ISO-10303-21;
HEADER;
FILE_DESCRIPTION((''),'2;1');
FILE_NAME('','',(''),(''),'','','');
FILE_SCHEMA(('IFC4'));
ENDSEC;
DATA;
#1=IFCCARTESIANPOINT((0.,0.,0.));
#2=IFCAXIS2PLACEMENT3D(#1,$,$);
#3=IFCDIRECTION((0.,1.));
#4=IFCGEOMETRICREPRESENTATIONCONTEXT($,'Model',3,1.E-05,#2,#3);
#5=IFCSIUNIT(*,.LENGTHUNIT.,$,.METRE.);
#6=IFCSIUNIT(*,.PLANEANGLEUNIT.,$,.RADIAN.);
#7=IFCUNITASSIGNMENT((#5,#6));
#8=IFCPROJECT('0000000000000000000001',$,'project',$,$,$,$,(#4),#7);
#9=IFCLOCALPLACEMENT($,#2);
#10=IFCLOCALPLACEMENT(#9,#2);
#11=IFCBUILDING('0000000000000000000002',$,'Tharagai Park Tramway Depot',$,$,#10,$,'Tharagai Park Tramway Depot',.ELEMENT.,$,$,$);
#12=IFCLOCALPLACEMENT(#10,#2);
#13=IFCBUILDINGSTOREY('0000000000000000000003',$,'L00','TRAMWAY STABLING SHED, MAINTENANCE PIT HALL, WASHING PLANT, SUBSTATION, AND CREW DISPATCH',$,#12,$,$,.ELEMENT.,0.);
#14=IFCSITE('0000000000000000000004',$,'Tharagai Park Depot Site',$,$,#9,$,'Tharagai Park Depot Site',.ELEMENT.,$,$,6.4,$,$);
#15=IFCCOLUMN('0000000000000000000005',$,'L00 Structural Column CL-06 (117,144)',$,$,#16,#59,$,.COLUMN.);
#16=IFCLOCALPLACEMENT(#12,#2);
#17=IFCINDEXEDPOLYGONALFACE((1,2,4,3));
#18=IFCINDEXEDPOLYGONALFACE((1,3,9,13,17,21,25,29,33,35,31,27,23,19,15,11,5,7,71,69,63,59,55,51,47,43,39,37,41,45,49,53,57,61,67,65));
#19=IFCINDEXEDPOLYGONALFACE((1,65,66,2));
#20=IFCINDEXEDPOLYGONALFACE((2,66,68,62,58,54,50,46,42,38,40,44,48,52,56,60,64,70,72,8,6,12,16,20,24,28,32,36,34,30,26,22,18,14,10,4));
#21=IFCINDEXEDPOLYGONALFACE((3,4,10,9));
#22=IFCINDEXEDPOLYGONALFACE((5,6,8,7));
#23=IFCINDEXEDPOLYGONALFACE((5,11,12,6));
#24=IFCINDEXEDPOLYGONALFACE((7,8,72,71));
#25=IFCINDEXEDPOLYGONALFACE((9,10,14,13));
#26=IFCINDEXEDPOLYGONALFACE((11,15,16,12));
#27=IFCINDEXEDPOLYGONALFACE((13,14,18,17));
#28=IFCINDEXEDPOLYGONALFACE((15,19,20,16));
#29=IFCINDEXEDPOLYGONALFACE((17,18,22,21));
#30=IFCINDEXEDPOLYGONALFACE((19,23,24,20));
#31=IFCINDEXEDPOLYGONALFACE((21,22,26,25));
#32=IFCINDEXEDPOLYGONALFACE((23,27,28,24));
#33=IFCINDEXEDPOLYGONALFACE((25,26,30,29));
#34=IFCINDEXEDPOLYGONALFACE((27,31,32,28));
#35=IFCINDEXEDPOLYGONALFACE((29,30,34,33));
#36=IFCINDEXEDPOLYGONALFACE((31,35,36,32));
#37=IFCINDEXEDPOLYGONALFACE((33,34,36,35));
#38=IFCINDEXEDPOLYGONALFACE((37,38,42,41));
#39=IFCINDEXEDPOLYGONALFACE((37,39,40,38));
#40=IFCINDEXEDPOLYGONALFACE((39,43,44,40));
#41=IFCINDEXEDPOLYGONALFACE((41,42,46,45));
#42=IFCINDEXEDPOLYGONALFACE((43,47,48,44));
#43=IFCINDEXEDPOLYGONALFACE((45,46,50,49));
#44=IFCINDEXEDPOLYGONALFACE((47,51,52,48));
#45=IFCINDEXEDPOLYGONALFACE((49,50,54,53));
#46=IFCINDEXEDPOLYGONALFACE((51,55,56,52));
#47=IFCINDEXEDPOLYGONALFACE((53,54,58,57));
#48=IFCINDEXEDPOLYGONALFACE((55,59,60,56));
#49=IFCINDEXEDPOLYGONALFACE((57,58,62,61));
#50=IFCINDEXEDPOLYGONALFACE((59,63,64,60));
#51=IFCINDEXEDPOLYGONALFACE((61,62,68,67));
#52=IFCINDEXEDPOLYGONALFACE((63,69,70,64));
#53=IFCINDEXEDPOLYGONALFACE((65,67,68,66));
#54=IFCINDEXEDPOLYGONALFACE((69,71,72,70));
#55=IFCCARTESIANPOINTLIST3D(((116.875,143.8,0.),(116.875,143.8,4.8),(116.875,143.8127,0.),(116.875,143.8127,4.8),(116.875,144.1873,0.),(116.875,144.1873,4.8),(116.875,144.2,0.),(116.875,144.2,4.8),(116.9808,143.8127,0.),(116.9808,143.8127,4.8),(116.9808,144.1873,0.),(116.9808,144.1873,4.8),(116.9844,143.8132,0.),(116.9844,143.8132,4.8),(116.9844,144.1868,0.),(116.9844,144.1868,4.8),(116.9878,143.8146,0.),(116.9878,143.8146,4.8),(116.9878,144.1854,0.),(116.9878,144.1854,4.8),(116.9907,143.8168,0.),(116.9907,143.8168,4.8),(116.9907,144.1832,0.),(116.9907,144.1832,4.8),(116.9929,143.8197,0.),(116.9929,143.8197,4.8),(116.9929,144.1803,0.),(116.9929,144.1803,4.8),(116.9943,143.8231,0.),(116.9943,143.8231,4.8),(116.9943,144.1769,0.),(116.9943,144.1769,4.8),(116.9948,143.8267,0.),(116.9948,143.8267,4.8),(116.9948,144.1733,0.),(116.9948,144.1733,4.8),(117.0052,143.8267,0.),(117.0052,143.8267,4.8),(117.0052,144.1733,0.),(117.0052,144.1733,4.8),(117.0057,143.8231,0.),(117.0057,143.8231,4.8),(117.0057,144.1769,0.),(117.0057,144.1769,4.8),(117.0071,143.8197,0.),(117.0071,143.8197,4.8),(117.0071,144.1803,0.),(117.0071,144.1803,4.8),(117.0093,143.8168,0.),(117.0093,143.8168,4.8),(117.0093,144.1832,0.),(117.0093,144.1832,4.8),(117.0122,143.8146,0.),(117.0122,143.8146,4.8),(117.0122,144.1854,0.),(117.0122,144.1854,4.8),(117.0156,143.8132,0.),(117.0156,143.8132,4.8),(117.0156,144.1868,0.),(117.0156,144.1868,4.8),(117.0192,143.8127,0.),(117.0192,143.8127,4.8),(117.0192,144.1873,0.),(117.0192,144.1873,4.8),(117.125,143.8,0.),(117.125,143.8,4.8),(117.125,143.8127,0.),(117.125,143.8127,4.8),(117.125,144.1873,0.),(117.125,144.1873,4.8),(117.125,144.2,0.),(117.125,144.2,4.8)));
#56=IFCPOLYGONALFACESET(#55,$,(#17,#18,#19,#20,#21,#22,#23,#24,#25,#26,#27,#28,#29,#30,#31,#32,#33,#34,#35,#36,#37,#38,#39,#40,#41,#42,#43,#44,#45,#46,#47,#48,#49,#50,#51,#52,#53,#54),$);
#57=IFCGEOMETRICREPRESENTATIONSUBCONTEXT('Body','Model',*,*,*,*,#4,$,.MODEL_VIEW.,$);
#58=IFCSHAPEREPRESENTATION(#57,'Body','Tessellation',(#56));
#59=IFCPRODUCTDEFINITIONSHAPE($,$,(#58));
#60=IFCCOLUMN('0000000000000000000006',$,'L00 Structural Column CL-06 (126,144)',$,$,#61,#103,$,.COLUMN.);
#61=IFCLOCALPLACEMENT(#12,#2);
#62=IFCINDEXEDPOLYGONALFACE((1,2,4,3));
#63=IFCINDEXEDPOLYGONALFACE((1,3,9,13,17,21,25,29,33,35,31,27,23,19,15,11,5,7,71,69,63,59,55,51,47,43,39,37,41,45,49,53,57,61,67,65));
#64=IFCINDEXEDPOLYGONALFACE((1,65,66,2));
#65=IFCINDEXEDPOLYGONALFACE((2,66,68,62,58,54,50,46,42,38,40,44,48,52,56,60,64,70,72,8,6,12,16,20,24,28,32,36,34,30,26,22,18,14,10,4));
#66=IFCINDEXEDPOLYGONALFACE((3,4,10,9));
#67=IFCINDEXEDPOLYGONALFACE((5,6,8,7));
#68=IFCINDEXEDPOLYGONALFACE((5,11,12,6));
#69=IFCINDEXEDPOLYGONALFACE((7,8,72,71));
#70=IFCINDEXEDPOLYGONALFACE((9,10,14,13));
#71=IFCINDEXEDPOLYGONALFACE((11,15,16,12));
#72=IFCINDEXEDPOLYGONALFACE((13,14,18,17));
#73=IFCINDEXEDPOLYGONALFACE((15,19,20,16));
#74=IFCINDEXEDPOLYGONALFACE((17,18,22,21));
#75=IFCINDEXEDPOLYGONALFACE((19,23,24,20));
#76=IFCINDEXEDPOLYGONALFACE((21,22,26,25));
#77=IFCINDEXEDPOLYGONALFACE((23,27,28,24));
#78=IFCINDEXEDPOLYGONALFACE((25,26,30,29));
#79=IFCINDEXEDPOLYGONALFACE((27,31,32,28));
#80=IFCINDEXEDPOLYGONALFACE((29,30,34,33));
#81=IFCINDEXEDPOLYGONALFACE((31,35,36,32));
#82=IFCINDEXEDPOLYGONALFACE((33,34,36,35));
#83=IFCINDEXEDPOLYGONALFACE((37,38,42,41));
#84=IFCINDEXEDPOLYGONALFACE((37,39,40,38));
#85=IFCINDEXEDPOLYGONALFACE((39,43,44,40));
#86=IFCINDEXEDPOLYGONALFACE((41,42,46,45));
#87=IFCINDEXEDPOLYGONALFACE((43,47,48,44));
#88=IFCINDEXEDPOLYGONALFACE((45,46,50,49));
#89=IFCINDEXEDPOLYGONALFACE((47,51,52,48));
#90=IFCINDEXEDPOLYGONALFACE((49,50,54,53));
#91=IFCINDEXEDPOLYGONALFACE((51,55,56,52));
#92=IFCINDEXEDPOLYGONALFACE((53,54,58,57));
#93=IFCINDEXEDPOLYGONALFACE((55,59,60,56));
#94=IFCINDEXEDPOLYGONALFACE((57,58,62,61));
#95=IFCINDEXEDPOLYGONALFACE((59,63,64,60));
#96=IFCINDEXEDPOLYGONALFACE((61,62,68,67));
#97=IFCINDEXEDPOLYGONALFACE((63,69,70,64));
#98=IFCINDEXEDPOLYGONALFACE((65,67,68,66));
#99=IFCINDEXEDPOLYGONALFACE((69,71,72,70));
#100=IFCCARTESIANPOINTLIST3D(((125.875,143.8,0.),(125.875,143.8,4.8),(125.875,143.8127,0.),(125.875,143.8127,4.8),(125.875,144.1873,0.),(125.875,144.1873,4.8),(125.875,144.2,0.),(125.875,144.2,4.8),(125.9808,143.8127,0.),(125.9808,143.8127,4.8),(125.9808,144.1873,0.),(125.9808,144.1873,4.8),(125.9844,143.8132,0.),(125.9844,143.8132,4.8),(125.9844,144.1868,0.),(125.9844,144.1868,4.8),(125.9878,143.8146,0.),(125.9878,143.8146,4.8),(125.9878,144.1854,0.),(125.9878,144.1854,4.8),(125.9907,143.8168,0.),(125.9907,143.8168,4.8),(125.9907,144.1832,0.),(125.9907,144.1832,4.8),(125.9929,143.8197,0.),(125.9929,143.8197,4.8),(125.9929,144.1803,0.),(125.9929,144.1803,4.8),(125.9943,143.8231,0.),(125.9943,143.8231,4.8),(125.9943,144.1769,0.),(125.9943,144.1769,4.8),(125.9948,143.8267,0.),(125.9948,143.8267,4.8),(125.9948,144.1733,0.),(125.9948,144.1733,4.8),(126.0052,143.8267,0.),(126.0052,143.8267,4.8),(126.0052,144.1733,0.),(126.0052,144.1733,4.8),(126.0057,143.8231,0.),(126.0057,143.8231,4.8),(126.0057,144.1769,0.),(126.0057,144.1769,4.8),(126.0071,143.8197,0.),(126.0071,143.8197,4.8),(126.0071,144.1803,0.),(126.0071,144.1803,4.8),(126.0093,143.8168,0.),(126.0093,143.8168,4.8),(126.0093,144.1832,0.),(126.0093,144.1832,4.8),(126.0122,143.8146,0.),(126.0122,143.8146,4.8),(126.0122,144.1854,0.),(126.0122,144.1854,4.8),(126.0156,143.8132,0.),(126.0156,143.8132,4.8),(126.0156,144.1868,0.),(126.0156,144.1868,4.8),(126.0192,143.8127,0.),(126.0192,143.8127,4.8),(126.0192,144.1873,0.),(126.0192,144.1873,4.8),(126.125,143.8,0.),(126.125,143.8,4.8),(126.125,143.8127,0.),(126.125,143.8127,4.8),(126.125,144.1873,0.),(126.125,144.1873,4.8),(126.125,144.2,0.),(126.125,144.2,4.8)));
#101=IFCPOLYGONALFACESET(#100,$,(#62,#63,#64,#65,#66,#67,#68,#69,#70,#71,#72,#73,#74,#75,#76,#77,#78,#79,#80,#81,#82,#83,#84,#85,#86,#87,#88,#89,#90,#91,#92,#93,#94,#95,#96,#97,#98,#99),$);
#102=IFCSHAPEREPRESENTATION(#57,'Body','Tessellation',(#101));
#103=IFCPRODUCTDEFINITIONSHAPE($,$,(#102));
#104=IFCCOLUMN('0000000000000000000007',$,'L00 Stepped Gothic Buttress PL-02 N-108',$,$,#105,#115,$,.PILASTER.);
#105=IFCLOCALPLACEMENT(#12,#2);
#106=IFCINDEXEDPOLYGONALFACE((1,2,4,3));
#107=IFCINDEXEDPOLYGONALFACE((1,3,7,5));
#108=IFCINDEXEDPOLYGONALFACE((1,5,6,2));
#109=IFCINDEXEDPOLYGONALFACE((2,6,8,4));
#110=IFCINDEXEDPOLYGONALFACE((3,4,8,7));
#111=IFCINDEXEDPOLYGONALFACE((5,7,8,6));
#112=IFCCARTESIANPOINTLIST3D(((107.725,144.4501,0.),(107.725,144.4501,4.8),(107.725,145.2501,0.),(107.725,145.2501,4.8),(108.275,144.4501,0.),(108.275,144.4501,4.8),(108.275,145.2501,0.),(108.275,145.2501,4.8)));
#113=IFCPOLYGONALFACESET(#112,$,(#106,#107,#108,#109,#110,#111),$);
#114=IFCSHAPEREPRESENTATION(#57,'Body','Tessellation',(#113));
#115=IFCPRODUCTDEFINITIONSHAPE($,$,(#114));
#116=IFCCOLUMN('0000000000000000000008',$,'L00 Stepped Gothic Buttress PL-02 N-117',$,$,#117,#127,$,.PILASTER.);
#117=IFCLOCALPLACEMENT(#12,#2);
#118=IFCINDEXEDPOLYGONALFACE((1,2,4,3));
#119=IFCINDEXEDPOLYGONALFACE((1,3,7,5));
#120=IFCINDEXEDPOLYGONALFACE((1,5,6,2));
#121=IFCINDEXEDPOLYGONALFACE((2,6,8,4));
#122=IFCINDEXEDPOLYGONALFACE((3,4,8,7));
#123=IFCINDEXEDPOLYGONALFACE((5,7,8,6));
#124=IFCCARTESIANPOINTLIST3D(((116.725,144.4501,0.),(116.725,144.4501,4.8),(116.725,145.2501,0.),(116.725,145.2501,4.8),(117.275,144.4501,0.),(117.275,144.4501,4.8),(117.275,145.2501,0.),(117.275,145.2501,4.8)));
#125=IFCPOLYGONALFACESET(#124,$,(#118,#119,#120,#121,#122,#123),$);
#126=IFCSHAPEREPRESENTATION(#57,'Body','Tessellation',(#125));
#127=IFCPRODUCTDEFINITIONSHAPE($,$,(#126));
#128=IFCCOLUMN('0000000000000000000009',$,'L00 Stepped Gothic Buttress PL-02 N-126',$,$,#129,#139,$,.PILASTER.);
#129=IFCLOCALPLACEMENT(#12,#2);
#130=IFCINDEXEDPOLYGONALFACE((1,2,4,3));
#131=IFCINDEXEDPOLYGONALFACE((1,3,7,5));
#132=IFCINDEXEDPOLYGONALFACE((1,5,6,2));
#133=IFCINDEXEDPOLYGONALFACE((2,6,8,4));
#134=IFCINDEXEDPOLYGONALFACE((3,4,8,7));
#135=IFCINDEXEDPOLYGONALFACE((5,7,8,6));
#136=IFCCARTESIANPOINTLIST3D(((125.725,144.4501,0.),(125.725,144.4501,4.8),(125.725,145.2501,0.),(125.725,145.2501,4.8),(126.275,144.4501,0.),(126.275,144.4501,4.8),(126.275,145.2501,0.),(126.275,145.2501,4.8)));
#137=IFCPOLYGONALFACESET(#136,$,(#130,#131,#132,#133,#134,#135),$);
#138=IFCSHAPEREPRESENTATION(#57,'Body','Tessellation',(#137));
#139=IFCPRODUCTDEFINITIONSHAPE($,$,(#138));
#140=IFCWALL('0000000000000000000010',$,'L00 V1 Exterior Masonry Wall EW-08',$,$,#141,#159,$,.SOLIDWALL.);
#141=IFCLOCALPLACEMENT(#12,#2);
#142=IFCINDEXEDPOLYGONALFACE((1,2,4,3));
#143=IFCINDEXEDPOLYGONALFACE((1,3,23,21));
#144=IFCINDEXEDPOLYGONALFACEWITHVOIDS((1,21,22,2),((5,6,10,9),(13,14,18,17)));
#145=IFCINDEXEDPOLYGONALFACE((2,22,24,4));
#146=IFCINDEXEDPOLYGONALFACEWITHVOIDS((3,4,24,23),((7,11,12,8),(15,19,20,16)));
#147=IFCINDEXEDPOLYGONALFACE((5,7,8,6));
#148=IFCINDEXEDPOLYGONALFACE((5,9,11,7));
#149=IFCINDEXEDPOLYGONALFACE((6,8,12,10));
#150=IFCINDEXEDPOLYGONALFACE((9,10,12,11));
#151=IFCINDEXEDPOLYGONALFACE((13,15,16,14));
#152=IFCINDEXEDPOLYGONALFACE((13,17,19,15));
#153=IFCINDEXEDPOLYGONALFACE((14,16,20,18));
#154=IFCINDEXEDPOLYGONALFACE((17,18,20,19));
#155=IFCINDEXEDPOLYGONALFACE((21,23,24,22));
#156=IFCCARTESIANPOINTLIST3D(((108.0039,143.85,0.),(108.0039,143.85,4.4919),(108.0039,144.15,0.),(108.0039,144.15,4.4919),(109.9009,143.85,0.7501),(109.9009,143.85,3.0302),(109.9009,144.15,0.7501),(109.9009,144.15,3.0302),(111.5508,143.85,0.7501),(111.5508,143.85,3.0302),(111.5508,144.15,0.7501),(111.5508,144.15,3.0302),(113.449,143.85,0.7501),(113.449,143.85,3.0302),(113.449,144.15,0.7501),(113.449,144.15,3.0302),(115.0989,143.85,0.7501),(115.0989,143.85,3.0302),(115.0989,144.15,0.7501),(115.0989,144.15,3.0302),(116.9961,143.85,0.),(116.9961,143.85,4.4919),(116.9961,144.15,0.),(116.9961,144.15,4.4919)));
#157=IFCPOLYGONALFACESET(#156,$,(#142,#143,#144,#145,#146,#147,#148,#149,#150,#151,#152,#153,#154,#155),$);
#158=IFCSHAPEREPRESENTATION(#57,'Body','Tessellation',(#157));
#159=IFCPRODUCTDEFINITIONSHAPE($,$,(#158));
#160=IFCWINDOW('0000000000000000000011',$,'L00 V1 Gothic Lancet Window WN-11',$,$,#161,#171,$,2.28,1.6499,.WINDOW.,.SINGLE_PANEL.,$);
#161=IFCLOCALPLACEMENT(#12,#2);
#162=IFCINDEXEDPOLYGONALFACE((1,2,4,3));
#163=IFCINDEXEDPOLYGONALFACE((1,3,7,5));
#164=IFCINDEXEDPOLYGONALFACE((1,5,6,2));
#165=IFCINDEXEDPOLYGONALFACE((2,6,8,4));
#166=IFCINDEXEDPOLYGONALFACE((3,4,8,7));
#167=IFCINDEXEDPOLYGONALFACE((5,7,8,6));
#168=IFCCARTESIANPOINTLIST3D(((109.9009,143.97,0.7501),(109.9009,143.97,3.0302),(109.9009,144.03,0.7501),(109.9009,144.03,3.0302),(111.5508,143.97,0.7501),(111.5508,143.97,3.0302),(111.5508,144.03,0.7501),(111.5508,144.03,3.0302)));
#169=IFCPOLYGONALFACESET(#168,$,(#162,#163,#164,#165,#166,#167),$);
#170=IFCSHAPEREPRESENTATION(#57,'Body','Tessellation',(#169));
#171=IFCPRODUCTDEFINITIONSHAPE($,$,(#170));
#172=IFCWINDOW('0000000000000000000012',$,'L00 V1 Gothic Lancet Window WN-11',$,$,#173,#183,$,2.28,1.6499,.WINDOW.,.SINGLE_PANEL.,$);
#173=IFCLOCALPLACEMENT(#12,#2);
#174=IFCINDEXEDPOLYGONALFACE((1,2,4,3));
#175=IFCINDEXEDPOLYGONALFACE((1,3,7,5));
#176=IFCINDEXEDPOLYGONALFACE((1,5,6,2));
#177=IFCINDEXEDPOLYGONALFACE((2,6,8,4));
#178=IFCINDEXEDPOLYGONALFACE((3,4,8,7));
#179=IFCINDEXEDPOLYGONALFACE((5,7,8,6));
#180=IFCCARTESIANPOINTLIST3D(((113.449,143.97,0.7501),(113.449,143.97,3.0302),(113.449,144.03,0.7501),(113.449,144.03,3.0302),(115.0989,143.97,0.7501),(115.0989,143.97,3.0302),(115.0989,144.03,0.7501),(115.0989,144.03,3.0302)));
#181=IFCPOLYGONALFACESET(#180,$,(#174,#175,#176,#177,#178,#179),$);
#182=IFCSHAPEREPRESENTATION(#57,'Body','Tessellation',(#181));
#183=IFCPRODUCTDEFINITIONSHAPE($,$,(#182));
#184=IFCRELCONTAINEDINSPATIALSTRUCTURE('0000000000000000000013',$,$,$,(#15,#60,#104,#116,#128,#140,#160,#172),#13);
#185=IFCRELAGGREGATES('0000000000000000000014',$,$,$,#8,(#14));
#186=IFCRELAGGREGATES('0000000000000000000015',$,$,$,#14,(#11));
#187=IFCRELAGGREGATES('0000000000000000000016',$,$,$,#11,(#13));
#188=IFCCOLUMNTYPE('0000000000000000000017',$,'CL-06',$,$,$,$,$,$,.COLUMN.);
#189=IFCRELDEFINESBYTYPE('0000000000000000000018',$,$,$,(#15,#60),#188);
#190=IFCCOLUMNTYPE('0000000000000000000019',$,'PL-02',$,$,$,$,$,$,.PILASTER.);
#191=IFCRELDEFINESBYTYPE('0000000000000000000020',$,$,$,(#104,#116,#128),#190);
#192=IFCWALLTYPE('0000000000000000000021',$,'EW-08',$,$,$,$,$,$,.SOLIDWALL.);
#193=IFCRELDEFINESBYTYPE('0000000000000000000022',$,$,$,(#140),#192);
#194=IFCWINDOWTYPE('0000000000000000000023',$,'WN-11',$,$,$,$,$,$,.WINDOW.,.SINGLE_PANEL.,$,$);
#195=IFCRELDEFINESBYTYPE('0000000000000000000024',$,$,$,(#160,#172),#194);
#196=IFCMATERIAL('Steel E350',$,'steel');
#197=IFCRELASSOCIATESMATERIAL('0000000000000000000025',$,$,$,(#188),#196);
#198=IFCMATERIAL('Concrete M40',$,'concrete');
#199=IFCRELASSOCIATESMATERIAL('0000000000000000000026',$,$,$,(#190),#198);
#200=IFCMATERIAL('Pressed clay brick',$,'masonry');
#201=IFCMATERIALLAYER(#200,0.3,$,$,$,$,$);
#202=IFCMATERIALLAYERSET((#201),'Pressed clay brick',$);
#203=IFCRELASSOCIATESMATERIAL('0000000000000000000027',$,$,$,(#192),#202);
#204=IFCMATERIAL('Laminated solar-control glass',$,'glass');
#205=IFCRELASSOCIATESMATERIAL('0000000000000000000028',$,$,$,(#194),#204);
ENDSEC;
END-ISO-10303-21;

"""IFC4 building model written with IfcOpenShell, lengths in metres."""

from ifc_helpers import new_model, si_unit, direction, frame, frame_2d, origin, origin_2d, place, context, subcontext, project, spatial, rectangle, i_section, extrude, material, layer, layer_set, material_profile, profile_set, type_object, element, fill, save


model = new_model("IFC4")

# Units and contexts
model_context = context("Model", 3, precision=1e-05, world=origin(), true_north=direction((0.0, 1.0)))
body_context = subcontext(model_context, "Body", "Model", "MODEL_VIEW")
ifc_project = project(units=[si_unit("LENGTHUNIT", "METRE"), si_unit("PLANEANGLEUNIT", "RADIAN")], contexts=[model_context])

# Site, building, storey
site_placement = place(None, origin())
site = spatial("IfcSite", under=ifc_project, at=site_placement, Name="Tharagai Park Depot Site", LongName="Tharagai Park Depot Site", CompositionType="ELEMENT", RefElevation=6.4)
building_placement = place(site_placement, origin())
building = spatial("IfcBuilding", under=site, at=building_placement, Name="Tharagai Park Tramway Depot", LongName="Tharagai Park Tramway Depot", CompositionType="ELEMENT")
storey_placement = place(building_placement, origin())
storey = spatial("IfcBuildingStorey", under=building, at=storey_placement, Name="L00", Description="TRAMWAY STABLING SHED, MAINTENANCE PIT HALL, WASHING PLANT, SUBSTATION, AND CREW DISPATCH", CompositionType="ELEMENT", Elevation=0.0)

# Shared definitions
ifc_material_1 = material(Name="Concrete M40", Category="concrete")

# Columns
ifc_material_2 = material(Name="Steel E350", Category="steel")
ifc_material_profile_1 = material_profile(ifc_material_2, i_section(OverallWidth=0.25, OverallDepth=0.3999, WebThickness=0.0105, FlangeThickness=0.0127, FilletRadius=0.0139, at=origin_2d()), Name="ISHB 400")
ifc_profile_set_1 = profile_set([ifc_material_profile_1], Name="Steel E350")
column_type_1 = type_object("IfcColumnType", Name="CL-06", PredefinedType="COLUMN", material=ifc_profile_set_1)
for number, where, z_axis, x_axis, name in (
    (1, (117.0, 144.0, 0.0), (0.0, 0.0, 1.0), (1.0, 0.0, 0.0), "L00 Structural Column CL-06 (117,144)"),
    (2, (126.0, 144.0, 0.0), (0.0, 0.0, 1.0), (1.0, 0.0, 0.0), "L00 Structural Column CL-06 (126,144)"),
):
    element("IfcColumn", number, at=place(storey_placement, frame(where, z_axis=z_axis, x_axis=x_axis)), inside=storey, type_object=column_type_1, Name=name, PredefinedType="COLUMN", context=body_context, shape_type="SweptSolid", body=[
        extrude(i_section(OverallWidth=0.25, OverallDepth=0.3999, WebThickness=0.0105, FlangeThickness=0.0127, FilletRadius=0.0139, at=origin_2d()), origin(), (0.0, 0.0, 1.0), 4.8),
    ])
ifc_material_profile_2 = material_profile(ifc_material_1, rectangle(XDim=0.55, YDim=0.8, at=origin_2d()), Name="RC 550x800")
ifc_profile_set_2 = profile_set([ifc_material_profile_2], Name="Concrete M40")
column_type_2 = type_object("IfcColumnType", Name="PL-02", PredefinedType="PILASTER", material=ifc_profile_set_2)
for number, where, z_axis, x_axis, name in (
    (3, (108.0, 144.8501, 0.0), (0.0, 0.0, 1.0), (1.0, 0.0, 0.0), "L00 Stepped Gothic Buttress PL-02 N-108"),
    (4, (117.0, 144.8501, 0.0), (0.0, 0.0, 1.0), (1.0, 0.0, 0.0), "L00 Stepped Gothic Buttress PL-02 N-117"),
    (5, (126.0, 144.8501, 0.0), (0.0, 0.0, 1.0), (1.0, 0.0, 0.0), "L00 Stepped Gothic Buttress PL-02 N-126"),
):
    element("IfcColumn", number, at=place(storey_placement, frame(where, z_axis=z_axis, x_axis=x_axis)), inside=storey, type_object=column_type_2, Name=name, PredefinedType="PILASTER", context=body_context, shape_type="SweptSolid", body=[
        extrude(rectangle(XDim=0.55, YDim=0.8, at=origin_2d()), origin(), (0.0, 0.0, 1.0), 4.8),
    ])

# Wall, openings, windows
ifc_material_3 = material(Name="Pressed clay brick", Category="masonry")
ifc_layer = layer(ifc_material_3, 0.3)
ifc_layer_set = layer_set([ifc_layer], Name="Pressed clay brick")
wall_type = type_object("IfcWallType", Name="EW-08", PredefinedType="SOLIDWALL", material=ifc_layer_set)
wall_1_placement = place(storey_placement, frame((108.0039, 144.0, 0.0), z_axis=(0.0, 0.0, 1.0), x_axis=(1.0, 0.0, 0.0)))
wall_1 = element("IfcWall", 6, at=wall_1_placement, inside=storey, type_object=wall_type, Name="L00 V1 Exterior Masonry Wall EW-08", PredefinedType="SOLIDWALL", context=body_context, shape_type="SweptSolid", body=[
    extrude(rectangle(XDim=8.9922, YDim=0.3, at=frame_2d((4.4961, 0.0))), origin(), (0.0, 0.0, 1.0), 4.4919),
])
opening_1_placement = place(wall_1_placement, frame((1.897, 0.0, 0.75)))
opening_1 = element("IfcOpeningElement", 7, at=opening_1_placement, cuts=wall_1, PredefinedType="OPENING", context=body_context, shape_type="SweptSolid", body=[
    extrude(rectangle(XDim=1.6499, YDim=2.28, at=frame_2d((0.825, 1.1401))), frame((0.0, 0.1599, 0.0), z_axis=(0.0, -1.0, 0.0), x_axis=(1.0, 0.0, 0.0)), (0.0, 0.0, 1.0), 0.3201),
])
opening_2_placement = place(wall_1_placement, frame((5.4451, 0.0, 0.75)))
opening_2 = element("IfcOpeningElement", 8, at=opening_2_placement, cuts=wall_1, PredefinedType="OPENING", context=body_context, shape_type="SweptSolid", body=[
    extrude(rectangle(XDim=1.6499, YDim=2.28, at=frame_2d((0.825, 1.1401))), frame((0.0, 0.1599, 0.0), z_axis=(0.0, -1.0, 0.0), x_axis=(1.0, 0.0, 0.0)), (0.0, 0.0, 1.0), 0.3201),
])
ifc_material_4 = material(Name="Laminated solar-control glass", Category="glass")
window_type_1 = type_object("IfcWindowType", Name="WN-11", PartitioningType="SINGLE_PANEL", PredefinedType="WINDOW", material=ifc_material_4)
window_1_placement = place(opening_1_placement, origin())
window_1 = element("IfcWindow", 9, at=window_1_placement, inside=storey, type_object=window_type_1, Name="L00 V1 Gothic Lancet Window WN-11", OverallHeight=2.28, OverallWidth=1.6499, PartitioningType="SINGLE_PANEL", PredefinedType="WINDOW", context=body_context, shape_type="SweptSolid", body=[
    extrude(rectangle(XDim=1.6499, YDim=2.28, at=frame_2d((0.825, 1.1401))), frame((0.0, 0.03, 0.0), z_axis=(0.0, -1.0, 0.0), x_axis=(1.0, 0.0, 0.0)), (0.0, 0.0, 1.0), 0.0601),
])
fill(opening_1, window_1)
window_2_placement = place(opening_2_placement, origin())
window_2 = element("IfcWindow", 10, at=window_2_placement, inside=storey, type_object=window_type_1, Name="L00 V1 Gothic Lancet Window WN-11", OverallHeight=2.28, OverallWidth=1.6499, PartitioningType="SINGLE_PANEL", PredefinedType="WINDOW", context=body_context, shape_type="SweptSolid", body=[
    extrude(rectangle(XDim=1.6499, YDim=2.28, at=frame_2d((0.825, 1.1401))), frame((0.0, 0.03, 0.0), z_axis=(0.0, -1.0, 0.0), x_axis=(1.0, 0.0, 0.0)), (0.0, 0.0, 1.0), 0.0601),
])
fill(opening_2, window_2)

save(model, "model.ifc")
